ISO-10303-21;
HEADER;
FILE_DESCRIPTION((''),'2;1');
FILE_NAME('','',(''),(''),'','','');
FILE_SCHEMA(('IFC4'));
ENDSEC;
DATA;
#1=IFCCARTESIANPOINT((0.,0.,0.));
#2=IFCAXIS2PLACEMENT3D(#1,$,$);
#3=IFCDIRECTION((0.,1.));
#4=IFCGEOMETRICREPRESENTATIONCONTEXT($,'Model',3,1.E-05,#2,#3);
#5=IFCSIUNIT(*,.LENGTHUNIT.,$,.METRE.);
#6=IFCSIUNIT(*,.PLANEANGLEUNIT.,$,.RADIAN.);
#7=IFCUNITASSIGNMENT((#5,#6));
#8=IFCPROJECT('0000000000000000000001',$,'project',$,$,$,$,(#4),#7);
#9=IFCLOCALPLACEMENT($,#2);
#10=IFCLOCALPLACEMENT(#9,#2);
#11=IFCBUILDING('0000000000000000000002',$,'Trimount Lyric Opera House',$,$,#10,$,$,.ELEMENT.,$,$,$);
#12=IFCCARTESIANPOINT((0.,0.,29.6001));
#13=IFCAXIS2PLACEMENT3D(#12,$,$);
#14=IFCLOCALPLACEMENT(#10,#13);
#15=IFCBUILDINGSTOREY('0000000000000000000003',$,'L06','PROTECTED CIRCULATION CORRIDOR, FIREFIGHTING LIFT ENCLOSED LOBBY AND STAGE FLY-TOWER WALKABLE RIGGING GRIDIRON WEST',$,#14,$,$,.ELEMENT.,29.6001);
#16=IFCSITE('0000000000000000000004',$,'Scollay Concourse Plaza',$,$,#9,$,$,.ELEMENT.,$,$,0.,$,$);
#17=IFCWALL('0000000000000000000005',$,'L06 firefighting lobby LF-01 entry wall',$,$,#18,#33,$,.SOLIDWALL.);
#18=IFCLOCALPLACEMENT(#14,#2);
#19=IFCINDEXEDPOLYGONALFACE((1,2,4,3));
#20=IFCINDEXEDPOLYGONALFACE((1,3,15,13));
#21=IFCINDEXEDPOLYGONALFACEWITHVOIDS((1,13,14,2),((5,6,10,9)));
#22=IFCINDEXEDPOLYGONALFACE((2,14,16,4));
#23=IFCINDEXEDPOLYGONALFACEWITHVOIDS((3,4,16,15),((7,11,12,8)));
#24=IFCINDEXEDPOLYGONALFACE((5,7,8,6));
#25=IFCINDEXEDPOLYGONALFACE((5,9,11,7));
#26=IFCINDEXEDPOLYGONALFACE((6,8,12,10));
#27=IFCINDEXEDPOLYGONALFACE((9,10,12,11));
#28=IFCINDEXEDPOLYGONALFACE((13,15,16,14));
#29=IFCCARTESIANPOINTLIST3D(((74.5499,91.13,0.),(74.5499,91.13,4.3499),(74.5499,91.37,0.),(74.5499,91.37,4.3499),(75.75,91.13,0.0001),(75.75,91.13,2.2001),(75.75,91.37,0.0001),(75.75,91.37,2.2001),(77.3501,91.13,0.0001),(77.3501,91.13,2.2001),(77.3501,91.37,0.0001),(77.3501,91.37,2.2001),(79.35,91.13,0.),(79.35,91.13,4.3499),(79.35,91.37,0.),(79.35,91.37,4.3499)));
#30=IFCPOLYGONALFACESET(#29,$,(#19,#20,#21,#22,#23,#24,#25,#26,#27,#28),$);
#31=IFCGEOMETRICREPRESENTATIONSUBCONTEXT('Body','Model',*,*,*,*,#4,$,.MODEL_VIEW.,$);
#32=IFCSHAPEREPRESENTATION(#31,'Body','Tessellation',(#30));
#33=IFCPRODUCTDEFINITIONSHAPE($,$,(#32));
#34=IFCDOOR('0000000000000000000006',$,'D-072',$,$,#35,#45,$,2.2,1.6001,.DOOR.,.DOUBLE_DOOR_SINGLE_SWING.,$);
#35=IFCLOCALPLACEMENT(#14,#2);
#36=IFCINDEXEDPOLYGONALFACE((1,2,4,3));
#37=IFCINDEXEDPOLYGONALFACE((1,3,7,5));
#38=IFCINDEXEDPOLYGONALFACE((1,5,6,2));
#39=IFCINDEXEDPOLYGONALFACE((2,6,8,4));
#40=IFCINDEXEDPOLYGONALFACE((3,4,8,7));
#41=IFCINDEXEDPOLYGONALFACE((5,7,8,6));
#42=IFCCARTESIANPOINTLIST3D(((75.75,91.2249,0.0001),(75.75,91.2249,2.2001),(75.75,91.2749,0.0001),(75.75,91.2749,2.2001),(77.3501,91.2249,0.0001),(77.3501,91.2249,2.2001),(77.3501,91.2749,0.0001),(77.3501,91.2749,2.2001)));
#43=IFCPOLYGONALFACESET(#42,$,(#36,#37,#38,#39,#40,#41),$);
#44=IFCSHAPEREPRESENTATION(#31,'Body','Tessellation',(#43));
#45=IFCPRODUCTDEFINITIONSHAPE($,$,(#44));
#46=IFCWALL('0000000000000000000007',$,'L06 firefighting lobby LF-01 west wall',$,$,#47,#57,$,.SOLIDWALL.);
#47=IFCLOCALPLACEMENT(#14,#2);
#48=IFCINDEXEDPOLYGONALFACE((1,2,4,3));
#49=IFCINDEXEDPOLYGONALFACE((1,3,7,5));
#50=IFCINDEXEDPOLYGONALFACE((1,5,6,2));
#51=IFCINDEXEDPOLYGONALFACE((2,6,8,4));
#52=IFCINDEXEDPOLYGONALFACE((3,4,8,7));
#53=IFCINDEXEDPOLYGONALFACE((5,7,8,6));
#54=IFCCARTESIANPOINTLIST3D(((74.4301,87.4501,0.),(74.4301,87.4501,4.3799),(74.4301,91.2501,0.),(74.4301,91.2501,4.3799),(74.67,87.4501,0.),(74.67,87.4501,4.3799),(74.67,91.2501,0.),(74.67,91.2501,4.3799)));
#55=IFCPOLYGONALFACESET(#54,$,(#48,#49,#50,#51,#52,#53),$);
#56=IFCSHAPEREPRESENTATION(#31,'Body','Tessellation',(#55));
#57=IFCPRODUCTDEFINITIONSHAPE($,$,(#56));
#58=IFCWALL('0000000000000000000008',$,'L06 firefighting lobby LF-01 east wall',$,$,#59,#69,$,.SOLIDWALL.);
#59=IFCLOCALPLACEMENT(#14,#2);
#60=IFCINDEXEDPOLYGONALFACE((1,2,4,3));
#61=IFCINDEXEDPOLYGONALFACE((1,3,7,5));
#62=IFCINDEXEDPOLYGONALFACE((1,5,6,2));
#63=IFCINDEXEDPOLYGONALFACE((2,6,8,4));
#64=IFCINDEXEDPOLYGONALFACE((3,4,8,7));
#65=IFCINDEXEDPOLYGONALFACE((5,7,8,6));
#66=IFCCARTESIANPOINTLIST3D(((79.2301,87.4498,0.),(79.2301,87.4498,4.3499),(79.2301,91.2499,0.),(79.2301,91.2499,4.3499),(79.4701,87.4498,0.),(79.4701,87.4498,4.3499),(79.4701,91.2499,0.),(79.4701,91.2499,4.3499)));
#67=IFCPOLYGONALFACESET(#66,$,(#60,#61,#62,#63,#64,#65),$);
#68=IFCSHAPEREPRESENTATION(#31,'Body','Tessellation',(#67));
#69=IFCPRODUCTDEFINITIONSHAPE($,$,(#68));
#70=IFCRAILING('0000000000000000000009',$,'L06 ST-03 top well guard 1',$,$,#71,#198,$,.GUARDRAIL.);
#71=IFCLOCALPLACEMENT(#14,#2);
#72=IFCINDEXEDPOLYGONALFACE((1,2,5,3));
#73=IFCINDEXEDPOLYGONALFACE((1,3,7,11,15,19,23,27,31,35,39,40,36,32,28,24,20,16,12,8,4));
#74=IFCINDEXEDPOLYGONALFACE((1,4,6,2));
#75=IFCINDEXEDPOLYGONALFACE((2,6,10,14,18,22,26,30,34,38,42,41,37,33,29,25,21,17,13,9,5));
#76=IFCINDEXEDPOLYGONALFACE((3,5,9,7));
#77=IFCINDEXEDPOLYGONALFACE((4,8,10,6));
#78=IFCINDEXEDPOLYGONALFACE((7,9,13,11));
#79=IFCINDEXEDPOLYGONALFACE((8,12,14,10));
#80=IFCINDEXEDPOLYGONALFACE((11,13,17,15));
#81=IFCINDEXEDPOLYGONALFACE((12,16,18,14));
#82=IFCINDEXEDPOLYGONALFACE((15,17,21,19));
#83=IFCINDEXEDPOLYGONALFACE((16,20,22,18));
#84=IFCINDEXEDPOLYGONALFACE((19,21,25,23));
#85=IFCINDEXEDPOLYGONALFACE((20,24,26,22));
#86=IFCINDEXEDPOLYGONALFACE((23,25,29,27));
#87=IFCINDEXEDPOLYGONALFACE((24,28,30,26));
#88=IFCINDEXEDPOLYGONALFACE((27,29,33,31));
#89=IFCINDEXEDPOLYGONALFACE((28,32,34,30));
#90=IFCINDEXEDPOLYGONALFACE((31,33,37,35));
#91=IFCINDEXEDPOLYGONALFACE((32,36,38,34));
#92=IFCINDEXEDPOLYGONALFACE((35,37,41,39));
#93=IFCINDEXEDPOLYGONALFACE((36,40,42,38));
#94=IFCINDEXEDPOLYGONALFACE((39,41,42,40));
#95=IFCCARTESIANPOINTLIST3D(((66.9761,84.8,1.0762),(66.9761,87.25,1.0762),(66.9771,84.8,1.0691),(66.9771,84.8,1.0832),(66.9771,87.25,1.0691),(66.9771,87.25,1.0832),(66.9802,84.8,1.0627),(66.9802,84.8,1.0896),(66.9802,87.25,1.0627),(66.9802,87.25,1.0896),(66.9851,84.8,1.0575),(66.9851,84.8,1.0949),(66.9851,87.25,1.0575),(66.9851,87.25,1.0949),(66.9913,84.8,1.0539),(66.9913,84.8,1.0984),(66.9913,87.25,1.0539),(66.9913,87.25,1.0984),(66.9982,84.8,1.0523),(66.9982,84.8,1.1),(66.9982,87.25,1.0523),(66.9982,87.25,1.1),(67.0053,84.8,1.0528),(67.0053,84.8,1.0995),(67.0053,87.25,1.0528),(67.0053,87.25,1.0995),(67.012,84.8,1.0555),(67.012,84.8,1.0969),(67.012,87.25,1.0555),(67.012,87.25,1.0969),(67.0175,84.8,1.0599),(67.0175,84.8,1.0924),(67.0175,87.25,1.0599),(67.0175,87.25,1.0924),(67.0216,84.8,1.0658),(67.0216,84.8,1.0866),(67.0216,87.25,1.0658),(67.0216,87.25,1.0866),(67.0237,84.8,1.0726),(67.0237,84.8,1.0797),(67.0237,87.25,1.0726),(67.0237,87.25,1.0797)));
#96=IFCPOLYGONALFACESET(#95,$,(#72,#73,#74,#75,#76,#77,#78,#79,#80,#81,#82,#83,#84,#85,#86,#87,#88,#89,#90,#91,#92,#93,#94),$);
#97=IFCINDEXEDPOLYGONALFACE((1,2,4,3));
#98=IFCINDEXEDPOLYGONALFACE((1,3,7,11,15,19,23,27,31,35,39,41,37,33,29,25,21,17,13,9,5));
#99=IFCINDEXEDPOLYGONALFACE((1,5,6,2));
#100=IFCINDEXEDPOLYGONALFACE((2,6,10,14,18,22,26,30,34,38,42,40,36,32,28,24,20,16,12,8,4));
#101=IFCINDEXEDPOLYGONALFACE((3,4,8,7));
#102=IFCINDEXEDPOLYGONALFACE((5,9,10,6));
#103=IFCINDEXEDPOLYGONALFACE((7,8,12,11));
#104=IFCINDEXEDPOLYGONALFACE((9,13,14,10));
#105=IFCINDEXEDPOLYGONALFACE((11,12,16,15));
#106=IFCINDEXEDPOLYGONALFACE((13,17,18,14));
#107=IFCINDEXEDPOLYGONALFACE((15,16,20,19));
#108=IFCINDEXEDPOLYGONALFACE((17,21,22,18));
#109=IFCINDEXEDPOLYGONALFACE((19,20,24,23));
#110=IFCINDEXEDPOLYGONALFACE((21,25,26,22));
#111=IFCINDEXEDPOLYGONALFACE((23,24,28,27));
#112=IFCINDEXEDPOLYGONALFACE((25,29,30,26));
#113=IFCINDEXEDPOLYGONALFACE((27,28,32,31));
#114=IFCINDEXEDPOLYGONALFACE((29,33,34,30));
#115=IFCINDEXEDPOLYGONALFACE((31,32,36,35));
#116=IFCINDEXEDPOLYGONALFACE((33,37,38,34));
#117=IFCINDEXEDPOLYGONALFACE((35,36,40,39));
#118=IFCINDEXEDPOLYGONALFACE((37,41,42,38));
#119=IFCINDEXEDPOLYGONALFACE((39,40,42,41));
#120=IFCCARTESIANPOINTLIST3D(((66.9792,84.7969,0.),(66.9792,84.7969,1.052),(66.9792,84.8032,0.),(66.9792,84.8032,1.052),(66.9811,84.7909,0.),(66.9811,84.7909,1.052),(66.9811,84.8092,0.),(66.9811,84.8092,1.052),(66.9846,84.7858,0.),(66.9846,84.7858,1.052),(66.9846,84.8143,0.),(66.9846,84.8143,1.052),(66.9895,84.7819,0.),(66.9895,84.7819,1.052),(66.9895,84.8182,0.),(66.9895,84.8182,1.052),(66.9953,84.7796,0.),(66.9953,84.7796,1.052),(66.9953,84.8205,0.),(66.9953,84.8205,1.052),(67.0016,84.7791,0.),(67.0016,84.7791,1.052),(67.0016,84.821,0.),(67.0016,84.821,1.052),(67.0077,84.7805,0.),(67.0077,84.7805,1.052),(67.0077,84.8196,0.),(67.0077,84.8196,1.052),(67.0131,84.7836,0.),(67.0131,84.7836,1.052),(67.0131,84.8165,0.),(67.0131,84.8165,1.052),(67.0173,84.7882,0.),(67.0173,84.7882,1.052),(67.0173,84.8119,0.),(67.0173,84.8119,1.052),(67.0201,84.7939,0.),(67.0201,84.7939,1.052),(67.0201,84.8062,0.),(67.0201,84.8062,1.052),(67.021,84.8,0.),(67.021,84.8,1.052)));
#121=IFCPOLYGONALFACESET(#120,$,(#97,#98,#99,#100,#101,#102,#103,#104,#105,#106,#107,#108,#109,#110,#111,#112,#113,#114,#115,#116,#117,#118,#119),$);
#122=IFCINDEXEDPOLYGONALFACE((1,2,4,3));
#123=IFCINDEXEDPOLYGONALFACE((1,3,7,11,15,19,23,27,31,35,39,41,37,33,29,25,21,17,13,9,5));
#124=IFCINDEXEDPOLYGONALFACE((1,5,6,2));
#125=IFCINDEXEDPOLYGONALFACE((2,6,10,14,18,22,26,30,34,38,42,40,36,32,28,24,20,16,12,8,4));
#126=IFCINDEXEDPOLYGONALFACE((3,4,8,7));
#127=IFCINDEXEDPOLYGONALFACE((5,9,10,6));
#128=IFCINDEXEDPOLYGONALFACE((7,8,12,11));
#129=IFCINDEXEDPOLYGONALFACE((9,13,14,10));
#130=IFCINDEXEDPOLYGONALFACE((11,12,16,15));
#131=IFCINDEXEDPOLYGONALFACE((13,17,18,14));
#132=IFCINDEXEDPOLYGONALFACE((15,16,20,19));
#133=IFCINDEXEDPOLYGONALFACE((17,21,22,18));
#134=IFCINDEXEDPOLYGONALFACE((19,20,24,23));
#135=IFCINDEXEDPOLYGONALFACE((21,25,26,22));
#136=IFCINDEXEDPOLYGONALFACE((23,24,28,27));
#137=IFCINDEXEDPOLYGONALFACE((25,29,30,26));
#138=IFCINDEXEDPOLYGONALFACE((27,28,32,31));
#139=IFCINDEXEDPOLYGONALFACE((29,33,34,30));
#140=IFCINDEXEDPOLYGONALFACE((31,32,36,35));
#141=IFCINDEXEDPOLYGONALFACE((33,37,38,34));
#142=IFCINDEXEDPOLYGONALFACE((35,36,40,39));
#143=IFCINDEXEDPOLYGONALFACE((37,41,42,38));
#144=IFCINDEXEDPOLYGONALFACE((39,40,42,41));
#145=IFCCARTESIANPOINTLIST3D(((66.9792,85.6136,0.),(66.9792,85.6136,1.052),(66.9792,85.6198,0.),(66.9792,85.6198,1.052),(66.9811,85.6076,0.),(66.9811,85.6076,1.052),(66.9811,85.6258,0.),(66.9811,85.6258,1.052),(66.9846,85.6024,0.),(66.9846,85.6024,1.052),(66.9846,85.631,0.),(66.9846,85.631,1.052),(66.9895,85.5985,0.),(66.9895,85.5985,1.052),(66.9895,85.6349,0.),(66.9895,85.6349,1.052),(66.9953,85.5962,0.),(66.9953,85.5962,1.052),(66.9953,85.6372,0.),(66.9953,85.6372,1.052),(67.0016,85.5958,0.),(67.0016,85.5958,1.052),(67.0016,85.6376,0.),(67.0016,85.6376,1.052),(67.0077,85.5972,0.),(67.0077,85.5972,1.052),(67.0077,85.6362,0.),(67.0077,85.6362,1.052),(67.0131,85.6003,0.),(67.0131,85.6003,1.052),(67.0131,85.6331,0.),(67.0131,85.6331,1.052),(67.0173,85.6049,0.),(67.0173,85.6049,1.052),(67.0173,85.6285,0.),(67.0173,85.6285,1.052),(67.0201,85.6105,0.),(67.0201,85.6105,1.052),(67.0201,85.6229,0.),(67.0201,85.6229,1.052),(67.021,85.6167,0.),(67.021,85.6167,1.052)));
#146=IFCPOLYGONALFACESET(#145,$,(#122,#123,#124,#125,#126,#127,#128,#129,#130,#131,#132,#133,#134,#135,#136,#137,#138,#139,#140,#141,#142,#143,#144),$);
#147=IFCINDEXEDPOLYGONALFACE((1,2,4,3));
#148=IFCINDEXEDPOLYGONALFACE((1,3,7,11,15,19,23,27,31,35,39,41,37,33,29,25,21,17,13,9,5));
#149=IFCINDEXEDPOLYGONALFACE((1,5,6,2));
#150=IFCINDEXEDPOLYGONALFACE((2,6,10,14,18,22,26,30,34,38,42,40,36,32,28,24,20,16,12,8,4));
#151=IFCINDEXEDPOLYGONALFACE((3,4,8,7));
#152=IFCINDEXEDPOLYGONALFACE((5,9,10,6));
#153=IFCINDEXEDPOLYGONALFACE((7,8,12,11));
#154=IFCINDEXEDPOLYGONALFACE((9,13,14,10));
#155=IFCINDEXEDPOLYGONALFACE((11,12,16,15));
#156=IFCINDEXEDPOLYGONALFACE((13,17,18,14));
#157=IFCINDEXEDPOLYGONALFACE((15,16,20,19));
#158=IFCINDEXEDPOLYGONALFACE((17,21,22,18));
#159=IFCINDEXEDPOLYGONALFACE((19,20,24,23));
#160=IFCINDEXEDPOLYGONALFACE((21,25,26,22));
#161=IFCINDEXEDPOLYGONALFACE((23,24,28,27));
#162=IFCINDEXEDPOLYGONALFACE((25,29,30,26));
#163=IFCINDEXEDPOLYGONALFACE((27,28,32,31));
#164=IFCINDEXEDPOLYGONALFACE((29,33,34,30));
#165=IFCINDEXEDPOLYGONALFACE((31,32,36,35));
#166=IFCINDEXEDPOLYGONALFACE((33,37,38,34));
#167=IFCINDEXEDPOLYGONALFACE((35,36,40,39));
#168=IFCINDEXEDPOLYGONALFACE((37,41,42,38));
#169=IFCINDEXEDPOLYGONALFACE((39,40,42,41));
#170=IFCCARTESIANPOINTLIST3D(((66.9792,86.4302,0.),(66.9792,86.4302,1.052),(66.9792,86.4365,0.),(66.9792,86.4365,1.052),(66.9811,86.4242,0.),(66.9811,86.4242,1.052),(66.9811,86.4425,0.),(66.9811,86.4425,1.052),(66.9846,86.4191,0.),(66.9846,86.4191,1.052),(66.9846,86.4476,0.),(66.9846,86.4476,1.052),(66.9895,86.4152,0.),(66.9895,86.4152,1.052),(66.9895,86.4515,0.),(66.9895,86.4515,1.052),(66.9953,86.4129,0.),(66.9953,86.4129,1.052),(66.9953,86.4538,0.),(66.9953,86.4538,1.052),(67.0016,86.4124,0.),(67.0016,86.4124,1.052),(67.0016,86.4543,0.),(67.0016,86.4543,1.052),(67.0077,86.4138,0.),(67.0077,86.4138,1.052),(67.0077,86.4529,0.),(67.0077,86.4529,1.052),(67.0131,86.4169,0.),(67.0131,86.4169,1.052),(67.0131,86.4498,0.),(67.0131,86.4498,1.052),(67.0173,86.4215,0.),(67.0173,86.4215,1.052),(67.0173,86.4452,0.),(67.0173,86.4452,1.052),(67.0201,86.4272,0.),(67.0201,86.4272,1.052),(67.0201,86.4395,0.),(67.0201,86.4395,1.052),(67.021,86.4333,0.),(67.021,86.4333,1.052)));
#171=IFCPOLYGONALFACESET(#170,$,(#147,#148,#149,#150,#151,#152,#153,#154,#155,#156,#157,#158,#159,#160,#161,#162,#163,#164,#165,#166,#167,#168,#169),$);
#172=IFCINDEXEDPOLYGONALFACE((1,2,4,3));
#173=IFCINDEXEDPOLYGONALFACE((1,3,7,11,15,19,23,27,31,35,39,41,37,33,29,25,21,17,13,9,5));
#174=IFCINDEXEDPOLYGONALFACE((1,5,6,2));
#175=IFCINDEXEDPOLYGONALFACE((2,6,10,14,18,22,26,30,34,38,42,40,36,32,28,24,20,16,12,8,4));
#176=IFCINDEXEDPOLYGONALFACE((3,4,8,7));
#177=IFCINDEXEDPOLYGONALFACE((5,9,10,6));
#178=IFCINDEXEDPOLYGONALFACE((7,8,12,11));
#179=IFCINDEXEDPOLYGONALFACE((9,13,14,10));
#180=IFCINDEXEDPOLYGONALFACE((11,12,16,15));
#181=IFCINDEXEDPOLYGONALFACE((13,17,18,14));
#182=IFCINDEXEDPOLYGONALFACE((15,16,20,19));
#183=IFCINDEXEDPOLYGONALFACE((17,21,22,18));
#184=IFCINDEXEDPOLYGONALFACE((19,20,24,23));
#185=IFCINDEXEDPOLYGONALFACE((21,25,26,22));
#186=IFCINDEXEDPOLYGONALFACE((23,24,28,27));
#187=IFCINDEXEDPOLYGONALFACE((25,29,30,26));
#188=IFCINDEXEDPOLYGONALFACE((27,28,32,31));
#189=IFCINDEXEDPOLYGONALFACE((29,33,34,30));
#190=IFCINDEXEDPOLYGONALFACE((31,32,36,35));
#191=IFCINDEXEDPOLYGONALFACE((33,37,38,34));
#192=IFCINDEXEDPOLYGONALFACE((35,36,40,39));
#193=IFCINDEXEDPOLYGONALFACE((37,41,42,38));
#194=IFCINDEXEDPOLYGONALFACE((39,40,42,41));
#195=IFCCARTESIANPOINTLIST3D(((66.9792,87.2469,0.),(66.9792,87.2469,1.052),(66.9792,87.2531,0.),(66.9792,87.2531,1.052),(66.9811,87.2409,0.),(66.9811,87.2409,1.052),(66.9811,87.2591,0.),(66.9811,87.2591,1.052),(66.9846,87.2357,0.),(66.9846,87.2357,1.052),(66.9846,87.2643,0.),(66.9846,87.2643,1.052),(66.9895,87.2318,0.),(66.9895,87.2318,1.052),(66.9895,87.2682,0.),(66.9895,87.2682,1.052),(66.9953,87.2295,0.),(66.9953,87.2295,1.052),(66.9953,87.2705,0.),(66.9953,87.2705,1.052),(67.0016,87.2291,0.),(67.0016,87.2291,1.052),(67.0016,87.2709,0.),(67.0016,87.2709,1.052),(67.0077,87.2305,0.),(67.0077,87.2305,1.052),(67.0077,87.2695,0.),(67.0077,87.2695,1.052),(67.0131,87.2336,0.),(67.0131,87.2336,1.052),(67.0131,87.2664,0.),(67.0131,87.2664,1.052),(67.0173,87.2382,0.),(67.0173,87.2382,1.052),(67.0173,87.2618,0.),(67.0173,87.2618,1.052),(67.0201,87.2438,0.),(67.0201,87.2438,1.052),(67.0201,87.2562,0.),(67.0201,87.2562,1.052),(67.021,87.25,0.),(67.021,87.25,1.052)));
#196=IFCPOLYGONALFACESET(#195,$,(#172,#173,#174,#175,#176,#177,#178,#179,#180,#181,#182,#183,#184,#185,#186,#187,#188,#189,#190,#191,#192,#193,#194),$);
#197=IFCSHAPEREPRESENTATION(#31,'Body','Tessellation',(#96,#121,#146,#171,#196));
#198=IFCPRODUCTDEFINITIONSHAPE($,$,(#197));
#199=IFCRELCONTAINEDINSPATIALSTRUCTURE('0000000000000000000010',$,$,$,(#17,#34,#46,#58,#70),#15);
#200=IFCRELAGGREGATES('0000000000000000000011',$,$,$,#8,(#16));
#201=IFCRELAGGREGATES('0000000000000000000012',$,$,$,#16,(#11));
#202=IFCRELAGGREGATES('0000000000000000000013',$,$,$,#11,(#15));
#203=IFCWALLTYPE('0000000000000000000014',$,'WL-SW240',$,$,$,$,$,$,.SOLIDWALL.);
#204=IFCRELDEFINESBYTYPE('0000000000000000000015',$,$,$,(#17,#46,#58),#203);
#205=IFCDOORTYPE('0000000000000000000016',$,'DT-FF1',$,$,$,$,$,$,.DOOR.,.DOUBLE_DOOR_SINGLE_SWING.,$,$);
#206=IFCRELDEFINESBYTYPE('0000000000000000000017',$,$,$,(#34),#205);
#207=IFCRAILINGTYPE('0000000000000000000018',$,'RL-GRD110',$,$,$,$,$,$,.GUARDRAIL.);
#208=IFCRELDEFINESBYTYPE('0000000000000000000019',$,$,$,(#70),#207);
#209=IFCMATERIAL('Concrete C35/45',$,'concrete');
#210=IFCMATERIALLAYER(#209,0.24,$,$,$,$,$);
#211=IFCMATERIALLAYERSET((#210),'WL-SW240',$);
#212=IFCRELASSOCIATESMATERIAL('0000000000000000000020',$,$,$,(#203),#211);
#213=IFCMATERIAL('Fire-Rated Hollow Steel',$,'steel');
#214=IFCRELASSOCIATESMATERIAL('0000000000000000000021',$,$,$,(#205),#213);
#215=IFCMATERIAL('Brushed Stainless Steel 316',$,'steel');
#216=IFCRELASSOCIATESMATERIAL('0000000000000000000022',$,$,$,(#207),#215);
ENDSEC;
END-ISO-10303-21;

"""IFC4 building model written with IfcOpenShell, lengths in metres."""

from ifc_helpers import new_model, si_unit, direction, frame, frame_2d, origin, origin_2d, place, context, subcontext, project, spatial, rectangle, circle, extrude, material, layer, layer_set, type_object, element, fill, save


model = new_model("IFC4")

# Units and contexts
model_context = context("Model", 3, precision=1e-05, world=origin(), true_north=direction((0.0, 1.0)))
body_context = subcontext(model_context, "Body", "Model", "MODEL_VIEW")
ifc_project = project(units=[si_unit("LENGTHUNIT", "METRE"), si_unit("PLANEANGLEUNIT", "RADIAN")], contexts=[model_context])

# Site, building, storey
site_placement = place(None, origin())
site = spatial("IfcSite", under=ifc_project, at=site_placement, Name="Scollay Concourse Plaza", CompositionType="ELEMENT", RefElevation=0.0)
building_placement = place(site_placement, origin())
building = spatial("IfcBuilding", under=site, at=building_placement, Name="Trimount Lyric Opera House", CompositionType="ELEMENT")
storey_placement = place(building_placement, frame((0.0, 0.0, 29.6001)))
storey = spatial("IfcBuildingStorey", under=building, at=storey_placement, Name="L06", Description="PROTECTED CIRCULATION CORRIDOR, FIREFIGHTING LIFT ENCLOSED LOBBY AND STAGE FLY-TOWER WALKABLE RIGGING GRIDIRON WEST", CompositionType="ELEMENT", Elevation=29.6001)

# Wall, opening, door
ifc_material_1 = material(Name="Concrete C35/45", Category="concrete")
ifc_layer_1 = layer(ifc_material_1, 0.24)
ifc_layer_set_1 = layer_set([ifc_layer_1], Name="WL-SW240")
wall_type_1 = type_object("IfcWallType", Name="WL-SW240", PredefinedType="SOLIDWALL", material=ifc_layer_set_1)
wall_1_placement = place(storey_placement, frame((74.55, 91.25, 0.0), z_axis=(0.0, 0.0, 1.0), x_axis=(1.0, 0.0, 0.0)))
wall_1 = element("IfcWall", 1, at=wall_1_placement, inside=storey, type_object=wall_type_1, Name="L06 firefighting lobby LF-01 entry wall", PredefinedType="SOLIDWALL", context=body_context, shape_type="SweptSolid", body=[
    extrude(rectangle(XDim=4.8, YDim=0.24, at=frame_2d((2.3999, 0.0))), origin(), (0.0, 0.0, 1.0), 4.3499),
])
opening_1_placement = place(wall_1_placement, frame((1.2, 0.0, 0.0)))
opening_1 = element("IfcOpeningElement", 2, at=opening_1_placement, cuts=wall_1, PredefinedType="OPENING", context=body_context, shape_type="SweptSolid", body=[
    extrude(rectangle(XDim=1.6001, YDim=2.2, at=frame_2d((0.8, 1.1001))), frame((0.0, 0.1299, 0.0), z_axis=(0.0, -1.0, 0.0), x_axis=(1.0, 0.0, 0.0)), (0.0, 0.0, 1.0), 0.26),
])
ifc_material_2 = material(Name="Fire-Rated Hollow Steel", Category="steel")
door_type_1 = type_object("IfcDoorType", Name="DT-FF1", OperationType="DOUBLE_DOOR_SINGLE_SWING", PredefinedType="DOOR", material=ifc_material_2)
door_1_placement = place(opening_1_placement, origin())
door_1 = element("IfcDoor", 3, at=door_1_placement, inside=storey, type_object=door_type_1, Name="D-072", OperationType="DOUBLE_DOOR_SINGLE_SWING", OverallHeight=2.2, OverallWidth=1.6001, PredefinedType="DOOR", context=body_context, shape_type="SweptSolid", body=[
    extrude(rectangle(XDim=1.6001, YDim=2.2, at=frame_2d((0.8, 1.1001))), frame((0.0, 0.0249, 0.0), z_axis=(0.0, -1.0, 0.0), x_axis=(1.0, 0.0, 0.0)), (0.0, 0.0, 1.0), 0.05),
])
fill(opening_1, door_1)

# Walls
wall_2_placement = place(storey_placement, frame((74.55, 91.25, 0.0), z_axis=(0.0, 0.0, 1.0), x_axis=(0.0, -1.0, 0.0)))
element("IfcWall", 4, at=wall_2_placement, inside=storey, type_object=wall_type_1, Name="L06 firefighting lobby LF-01 west wall", PredefinedType="SOLIDWALL", context=body_context, shape_type="SweptSolid", body=[
    extrude(rectangle(XDim=3.8, YDim=0.24, at=frame_2d((1.8999, 0.0))), origin(), (0.0, 0.0, 1.0), 4.3799),
])
wall_3_placement = place(storey_placement, frame((79.3501, 87.45, 0.0), z_axis=(0.0, 0.0, 1.0), x_axis=(0.0, 1.0, 0.0)))
element("IfcWall", 5, at=wall_3_placement, inside=storey, type_object=wall_type_1, Name="L06 firefighting lobby LF-01 east wall", PredefinedType="SOLIDWALL", context=body_context, shape_type="SweptSolid", body=[
    extrude(rectangle(XDim=3.8, YDim=0.24, at=frame_2d((1.8999, 0.0))), origin(), (0.0, 0.0, 1.0), 4.3499),
])

# Railing
ifc_material_3 = material(Name="Brushed Stainless Steel 316", Category="steel")
railing_type = type_object("IfcRailingType", Name="RL-GRD110", PredefinedType="GUARDRAIL", material=ifc_material_3)
railing_placement = place(storey_placement, frame((67.0, 84.8, 0.0)))
element("IfcRailing", 6, at=railing_placement, inside=storey, type_object=railing_type, Name="L06 ST-03 top well guard 1", PredefinedType="GUARDRAIL", context=body_context, shape_type="SweptSolid", body=[
    extrude(circle(Radius=0.0239, at=origin_2d()), frame((0.0, 0.0, 1.0762), z_axis=(0.0, 1.0, 0.0), x_axis=(-1.0, 0.0, 0.0)), (0.0, 0.0, 1.0), 2.45),
    extrude(circle(Radius=0.021, at=origin_2d()), origin(), (0.0, 0.0, 1.0), 1.052),
    extrude(circle(Radius=0.021, at=origin_2d()), frame((0.0, 0.8167, 0.0)), (0.0, 0.0, 1.0), 1.052),
    extrude(circle(Radius=0.021, at=origin_2d()), frame((0.0, 1.6333, 0.0)), (0.0, 0.0, 1.0), 1.052),
    extrude(circle(Radius=0.021, at=origin_2d()), frame((0.0, 2.45, 0.0)), (0.0, 0.0, 1.0), 1.052),
])

save(model, "model.ifc")
